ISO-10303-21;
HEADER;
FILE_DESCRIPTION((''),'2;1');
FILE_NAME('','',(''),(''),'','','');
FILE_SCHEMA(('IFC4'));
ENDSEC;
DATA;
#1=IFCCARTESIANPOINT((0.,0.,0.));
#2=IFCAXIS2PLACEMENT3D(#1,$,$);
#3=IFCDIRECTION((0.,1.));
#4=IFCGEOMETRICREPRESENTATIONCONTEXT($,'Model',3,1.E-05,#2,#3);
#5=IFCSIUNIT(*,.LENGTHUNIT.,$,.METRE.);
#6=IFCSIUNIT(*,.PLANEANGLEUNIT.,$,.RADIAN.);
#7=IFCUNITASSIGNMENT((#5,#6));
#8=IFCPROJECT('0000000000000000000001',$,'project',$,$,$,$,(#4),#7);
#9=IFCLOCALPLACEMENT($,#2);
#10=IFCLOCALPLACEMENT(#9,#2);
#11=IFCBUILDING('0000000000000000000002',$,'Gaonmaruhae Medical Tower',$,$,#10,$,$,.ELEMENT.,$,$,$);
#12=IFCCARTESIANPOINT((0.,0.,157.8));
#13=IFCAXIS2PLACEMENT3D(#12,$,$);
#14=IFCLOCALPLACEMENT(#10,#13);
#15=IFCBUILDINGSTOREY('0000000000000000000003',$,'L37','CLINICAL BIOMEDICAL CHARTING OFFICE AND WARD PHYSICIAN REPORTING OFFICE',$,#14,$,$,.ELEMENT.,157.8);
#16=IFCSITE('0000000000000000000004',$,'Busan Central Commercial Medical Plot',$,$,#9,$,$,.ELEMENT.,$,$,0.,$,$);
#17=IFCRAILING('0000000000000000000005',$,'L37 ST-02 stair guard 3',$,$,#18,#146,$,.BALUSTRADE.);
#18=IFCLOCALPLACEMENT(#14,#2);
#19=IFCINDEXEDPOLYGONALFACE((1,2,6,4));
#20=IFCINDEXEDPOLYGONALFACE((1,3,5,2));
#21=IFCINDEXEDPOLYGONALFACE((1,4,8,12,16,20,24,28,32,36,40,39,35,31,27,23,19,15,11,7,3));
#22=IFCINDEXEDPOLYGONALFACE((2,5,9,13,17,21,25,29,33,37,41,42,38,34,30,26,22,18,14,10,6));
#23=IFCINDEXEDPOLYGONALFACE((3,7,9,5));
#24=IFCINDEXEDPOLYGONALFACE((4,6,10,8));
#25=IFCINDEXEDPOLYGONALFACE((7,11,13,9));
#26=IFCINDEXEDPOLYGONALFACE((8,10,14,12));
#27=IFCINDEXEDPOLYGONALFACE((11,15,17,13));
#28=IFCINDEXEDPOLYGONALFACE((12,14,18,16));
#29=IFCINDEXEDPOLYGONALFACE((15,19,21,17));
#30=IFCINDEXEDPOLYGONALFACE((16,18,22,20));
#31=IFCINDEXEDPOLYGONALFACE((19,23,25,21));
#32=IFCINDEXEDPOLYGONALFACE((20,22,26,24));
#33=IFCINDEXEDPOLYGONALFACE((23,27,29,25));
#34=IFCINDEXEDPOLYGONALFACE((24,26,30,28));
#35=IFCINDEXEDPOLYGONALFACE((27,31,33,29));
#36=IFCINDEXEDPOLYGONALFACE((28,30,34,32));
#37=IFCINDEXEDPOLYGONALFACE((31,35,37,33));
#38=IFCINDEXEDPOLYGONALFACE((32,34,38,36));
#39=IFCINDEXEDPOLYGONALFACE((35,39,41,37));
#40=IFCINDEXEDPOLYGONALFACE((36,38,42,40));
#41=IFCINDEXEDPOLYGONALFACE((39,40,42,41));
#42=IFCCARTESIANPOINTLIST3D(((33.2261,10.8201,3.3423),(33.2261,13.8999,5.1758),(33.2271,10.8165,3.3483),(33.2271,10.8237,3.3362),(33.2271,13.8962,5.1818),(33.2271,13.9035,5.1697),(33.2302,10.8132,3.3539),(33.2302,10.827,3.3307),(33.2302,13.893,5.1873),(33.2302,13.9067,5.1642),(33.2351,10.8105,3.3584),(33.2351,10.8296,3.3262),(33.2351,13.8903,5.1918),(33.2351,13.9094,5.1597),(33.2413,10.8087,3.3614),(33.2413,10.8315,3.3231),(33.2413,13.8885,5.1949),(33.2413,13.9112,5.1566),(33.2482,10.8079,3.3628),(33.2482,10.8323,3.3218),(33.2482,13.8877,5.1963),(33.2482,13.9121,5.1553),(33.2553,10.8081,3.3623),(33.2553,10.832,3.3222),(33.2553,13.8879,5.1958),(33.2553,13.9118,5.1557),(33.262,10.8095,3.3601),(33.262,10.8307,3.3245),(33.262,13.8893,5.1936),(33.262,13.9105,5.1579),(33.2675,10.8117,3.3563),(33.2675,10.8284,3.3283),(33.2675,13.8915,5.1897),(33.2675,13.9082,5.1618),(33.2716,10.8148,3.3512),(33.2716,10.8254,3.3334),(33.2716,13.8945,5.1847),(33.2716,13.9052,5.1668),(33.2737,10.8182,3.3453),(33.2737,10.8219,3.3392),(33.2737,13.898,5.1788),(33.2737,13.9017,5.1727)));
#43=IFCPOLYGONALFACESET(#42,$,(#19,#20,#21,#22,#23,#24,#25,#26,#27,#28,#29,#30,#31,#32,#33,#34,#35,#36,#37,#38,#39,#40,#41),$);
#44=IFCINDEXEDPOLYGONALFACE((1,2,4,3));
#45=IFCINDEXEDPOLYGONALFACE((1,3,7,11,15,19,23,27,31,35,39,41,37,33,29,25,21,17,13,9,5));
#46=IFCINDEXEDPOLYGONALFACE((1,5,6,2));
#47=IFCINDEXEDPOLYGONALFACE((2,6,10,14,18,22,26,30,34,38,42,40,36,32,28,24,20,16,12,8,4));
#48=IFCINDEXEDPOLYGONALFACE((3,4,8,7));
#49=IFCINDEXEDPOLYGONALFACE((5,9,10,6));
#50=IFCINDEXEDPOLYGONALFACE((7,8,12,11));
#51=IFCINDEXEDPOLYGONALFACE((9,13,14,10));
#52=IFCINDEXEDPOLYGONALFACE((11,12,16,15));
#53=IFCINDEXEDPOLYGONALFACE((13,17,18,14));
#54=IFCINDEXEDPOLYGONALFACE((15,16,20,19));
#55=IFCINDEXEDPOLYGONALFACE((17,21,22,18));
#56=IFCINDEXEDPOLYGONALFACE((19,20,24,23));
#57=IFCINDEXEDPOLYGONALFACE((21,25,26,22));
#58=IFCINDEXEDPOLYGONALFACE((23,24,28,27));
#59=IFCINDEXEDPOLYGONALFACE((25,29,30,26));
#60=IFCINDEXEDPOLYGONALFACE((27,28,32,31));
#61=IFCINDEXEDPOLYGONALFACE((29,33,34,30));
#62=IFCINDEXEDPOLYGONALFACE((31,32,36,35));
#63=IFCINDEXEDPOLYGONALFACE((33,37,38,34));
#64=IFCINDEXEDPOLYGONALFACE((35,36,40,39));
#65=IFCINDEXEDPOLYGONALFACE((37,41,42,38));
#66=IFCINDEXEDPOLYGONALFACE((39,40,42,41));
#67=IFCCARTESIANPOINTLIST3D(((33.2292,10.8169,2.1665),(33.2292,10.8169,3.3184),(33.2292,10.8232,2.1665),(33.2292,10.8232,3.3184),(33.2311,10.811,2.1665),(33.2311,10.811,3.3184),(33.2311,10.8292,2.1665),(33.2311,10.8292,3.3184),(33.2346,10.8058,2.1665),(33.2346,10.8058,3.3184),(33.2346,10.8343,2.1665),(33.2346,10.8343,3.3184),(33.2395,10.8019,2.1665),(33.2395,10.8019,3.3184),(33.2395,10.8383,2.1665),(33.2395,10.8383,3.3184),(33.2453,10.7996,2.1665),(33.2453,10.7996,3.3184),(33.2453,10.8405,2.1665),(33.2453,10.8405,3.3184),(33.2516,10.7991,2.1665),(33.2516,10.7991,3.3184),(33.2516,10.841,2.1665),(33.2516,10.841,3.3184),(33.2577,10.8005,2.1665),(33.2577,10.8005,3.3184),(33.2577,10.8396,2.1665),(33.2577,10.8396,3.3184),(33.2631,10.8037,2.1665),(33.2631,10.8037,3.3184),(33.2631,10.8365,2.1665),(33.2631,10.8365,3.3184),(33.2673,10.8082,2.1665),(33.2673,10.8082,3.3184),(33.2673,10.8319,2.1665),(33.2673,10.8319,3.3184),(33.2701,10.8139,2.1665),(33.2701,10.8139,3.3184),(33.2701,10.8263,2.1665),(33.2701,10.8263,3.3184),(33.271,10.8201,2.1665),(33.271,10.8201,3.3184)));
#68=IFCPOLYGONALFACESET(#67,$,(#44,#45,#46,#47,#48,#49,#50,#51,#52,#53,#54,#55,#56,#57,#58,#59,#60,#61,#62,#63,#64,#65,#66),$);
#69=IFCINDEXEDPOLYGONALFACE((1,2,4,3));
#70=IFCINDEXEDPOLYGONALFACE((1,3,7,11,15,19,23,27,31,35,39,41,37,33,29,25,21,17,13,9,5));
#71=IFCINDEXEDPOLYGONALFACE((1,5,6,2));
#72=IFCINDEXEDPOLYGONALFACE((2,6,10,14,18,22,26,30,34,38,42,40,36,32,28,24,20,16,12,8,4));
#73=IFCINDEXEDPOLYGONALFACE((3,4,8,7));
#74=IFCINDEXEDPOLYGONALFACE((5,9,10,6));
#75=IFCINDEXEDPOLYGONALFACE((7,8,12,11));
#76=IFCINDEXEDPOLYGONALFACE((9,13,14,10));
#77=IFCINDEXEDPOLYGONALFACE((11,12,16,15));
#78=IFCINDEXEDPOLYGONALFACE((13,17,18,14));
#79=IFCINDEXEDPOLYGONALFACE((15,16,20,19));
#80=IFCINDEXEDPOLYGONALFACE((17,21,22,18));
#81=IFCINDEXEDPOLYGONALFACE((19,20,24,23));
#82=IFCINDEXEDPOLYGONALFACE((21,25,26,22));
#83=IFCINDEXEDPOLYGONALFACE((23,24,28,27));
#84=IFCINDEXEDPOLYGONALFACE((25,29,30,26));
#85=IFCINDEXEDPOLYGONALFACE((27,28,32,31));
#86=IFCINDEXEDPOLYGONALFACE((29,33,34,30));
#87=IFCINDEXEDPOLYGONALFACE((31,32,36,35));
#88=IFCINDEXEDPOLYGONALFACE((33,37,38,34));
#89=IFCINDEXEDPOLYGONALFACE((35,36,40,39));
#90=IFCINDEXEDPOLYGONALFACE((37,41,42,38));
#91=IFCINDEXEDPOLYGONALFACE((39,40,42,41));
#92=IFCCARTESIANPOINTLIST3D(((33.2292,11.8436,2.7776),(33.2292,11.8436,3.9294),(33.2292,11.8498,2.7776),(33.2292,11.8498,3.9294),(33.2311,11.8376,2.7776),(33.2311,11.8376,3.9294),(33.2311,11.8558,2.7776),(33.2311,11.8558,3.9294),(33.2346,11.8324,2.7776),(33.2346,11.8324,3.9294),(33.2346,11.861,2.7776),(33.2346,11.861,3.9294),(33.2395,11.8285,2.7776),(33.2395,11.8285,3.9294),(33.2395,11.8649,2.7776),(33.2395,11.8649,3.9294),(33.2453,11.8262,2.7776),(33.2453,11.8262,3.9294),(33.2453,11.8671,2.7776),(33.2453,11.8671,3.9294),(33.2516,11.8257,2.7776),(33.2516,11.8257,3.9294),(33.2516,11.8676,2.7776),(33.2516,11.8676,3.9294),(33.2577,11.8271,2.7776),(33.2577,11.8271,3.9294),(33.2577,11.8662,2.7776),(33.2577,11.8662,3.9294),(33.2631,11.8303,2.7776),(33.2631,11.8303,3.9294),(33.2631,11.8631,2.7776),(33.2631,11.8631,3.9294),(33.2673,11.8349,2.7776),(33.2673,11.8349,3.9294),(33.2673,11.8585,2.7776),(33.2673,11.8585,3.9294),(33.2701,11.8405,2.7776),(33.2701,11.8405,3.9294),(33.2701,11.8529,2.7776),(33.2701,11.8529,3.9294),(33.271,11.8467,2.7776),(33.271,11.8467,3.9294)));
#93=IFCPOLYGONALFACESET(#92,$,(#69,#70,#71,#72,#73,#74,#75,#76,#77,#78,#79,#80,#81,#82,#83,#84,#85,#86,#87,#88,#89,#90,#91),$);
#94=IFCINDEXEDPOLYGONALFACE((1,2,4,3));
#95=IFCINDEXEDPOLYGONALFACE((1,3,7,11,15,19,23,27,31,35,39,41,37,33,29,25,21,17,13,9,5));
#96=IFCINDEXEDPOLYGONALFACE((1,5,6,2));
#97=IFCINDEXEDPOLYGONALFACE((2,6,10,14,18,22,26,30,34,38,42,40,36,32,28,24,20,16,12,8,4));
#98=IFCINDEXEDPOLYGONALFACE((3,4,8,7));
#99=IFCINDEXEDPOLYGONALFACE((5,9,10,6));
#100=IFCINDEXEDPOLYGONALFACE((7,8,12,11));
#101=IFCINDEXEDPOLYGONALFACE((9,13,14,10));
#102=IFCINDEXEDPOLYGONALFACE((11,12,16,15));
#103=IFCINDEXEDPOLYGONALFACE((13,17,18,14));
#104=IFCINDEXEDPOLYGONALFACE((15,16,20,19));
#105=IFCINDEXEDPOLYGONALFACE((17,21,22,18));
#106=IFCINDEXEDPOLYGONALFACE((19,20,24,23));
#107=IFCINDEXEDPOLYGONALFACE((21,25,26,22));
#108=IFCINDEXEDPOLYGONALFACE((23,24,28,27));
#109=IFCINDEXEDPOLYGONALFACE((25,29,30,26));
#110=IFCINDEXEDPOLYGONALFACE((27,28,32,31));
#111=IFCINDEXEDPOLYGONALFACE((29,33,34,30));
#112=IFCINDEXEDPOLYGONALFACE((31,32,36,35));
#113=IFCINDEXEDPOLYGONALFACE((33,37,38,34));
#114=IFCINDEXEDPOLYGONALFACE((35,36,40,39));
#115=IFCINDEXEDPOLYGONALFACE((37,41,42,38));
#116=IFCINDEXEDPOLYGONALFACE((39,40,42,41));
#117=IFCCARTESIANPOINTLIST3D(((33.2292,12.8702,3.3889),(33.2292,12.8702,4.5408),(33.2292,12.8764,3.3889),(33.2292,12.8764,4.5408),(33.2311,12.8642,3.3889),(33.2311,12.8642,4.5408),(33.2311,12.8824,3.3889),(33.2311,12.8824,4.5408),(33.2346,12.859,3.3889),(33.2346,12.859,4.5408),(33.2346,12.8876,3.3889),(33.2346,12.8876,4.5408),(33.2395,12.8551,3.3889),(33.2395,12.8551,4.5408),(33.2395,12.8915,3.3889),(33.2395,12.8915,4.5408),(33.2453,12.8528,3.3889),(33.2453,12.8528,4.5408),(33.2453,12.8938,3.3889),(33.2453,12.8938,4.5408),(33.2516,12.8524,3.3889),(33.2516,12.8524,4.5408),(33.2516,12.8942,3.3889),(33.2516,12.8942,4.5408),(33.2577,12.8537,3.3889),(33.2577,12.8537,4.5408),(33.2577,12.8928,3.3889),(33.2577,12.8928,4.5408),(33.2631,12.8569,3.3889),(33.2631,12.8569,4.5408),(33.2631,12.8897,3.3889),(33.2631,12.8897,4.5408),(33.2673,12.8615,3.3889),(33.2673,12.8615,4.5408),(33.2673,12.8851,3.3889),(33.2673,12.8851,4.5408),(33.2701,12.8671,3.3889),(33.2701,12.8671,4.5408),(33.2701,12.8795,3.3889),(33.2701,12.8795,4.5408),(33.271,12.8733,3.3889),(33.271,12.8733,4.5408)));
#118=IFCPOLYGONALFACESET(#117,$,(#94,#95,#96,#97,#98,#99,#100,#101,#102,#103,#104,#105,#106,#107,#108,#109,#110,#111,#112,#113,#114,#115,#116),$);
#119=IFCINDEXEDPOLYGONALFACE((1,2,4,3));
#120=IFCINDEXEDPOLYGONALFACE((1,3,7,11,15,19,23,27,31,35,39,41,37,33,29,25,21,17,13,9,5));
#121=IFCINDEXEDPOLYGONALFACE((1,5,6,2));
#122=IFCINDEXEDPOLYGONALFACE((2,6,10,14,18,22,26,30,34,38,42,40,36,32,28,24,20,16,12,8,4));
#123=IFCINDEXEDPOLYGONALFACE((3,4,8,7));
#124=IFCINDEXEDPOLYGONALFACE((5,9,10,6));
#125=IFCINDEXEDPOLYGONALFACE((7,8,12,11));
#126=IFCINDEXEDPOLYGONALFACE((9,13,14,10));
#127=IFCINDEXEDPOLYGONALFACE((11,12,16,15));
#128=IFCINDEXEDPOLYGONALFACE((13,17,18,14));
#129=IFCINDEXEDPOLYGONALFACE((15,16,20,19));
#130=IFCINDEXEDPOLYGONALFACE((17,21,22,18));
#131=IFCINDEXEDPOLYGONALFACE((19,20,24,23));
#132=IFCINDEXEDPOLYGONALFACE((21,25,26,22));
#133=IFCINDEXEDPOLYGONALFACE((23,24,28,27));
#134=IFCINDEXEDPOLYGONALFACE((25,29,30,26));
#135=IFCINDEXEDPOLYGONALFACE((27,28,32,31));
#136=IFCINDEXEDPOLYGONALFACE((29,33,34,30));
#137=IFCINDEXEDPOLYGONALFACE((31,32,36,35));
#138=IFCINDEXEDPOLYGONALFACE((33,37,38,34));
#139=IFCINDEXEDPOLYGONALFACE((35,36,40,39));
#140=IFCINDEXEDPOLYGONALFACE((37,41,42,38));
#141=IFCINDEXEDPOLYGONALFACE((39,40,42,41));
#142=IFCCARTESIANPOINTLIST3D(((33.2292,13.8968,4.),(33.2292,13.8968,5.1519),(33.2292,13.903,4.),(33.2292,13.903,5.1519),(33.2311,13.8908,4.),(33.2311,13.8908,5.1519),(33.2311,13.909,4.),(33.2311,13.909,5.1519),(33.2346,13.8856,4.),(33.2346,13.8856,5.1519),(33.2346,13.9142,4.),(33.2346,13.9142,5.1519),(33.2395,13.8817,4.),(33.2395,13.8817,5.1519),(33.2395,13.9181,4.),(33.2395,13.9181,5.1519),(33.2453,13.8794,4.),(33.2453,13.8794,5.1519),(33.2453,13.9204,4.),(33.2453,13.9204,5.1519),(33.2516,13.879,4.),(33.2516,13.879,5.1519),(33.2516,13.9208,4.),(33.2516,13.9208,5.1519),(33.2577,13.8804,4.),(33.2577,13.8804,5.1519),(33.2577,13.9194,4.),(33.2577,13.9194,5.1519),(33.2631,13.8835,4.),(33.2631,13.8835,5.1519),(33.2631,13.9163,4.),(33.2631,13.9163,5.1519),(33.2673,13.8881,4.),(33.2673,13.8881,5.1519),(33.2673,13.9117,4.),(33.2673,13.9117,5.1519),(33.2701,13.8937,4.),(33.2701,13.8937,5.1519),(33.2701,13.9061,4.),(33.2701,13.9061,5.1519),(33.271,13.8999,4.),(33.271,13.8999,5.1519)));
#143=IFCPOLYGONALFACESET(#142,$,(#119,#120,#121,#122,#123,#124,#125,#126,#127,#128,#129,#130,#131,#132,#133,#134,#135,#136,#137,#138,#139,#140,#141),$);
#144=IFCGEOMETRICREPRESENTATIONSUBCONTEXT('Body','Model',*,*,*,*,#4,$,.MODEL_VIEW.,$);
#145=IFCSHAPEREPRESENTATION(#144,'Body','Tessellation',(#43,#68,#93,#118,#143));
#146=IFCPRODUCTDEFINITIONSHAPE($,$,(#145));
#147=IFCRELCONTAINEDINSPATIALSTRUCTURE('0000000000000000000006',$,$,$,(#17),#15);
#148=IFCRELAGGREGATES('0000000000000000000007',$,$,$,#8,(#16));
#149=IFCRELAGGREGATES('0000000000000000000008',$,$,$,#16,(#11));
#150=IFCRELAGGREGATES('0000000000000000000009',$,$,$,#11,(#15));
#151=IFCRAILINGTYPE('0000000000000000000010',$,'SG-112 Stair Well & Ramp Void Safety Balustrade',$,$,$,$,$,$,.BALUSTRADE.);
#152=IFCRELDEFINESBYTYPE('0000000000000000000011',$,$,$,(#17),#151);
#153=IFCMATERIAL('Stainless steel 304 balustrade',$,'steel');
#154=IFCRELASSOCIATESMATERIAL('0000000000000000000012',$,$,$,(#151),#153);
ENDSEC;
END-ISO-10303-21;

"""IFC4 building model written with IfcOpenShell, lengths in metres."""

from ifc_helpers import new_model, si_unit, direction, frame, origin, origin_2d, place, context, subcontext, project, spatial, circle, extrude, material, type_object, element, save


model = new_model("IFC4")

# Units and contexts
model_context = context("Model", 3, precision=1e-05, world=origin(), true_north=direction((0.0, 1.0)))
body_context = subcontext(model_context, "Body", "Model", "MODEL_VIEW")
ifc_project = project(units=[si_unit("LENGTHUNIT", "METRE"), si_unit("PLANEANGLEUNIT", "RADIAN")], contexts=[model_context])

# Site, building, storey
site_placement = place(None, origin())
site = spatial("IfcSite", under=ifc_project, at=site_placement, Name="Busan Central Commercial Medical Plot", CompositionType="ELEMENT", RefElevation=0.0)
building_placement = place(site_placement, origin())
building = spatial("IfcBuilding", under=site, at=building_placement, Name="Gaonmaruhae Medical Tower", CompositionType="ELEMENT")
storey_placement = place(building_placement, frame((0.0, 0.0, 157.8)))
storey = spatial("IfcBuildingStorey", under=building, at=storey_placement, Name="L37", Description="CLINICAL BIOMEDICAL CHARTING OFFICE AND WARD PHYSICIAN REPORTING OFFICE", CompositionType="ELEMENT", Elevation=157.8)

# Railing
ifc_material_1 = material(Name="Stainless steel 304 balustrade", Category="steel")
railing_type_1 = type_object("IfcRailingType", Name="SG-112 Stair Well & Ramp Void Safety Balustrade", PredefinedType="BALUSTRADE", material=ifc_material_1)
railing_1_placement = place(storey_placement, frame((33.25, 10.8201, 2.1665)))
element("IfcRailing", 1, at=railing_1_placement, inside=storey, type_object=railing_type_1, Name="L37 ST-02 stair guard 3", PredefinedType="BALUSTRADE", context=body_context, shape_type="SweptSolid", body=[
    extrude(circle(Radius=0.0239, at=origin_2d()), frame((0.0, 0.0, 1.1758), z_axis=(0.0, 0.859261, 0.511538), x_axis=(-1.0, 0.0, 0.0)), (0.0, 0.0, 1.0), 3.5842),
    extrude(circle(Radius=0.021, at=origin_2d()), origin(), (0.0, 0.0, 1.0), 1.1519),
    extrude(circle(Radius=0.021, at=origin_2d()), frame((0.0, 1.0266, 0.6111)), (0.0, 0.0, 1.0), 1.1519),
    extrude(circle(Radius=0.021, at=origin_2d()), frame((0.0, 2.0532, 1.2224)), (0.0, 0.0, 1.0), 1.1519),
    extrude(circle(Radius=0.021, at=origin_2d()), frame((0.0, 3.0798, 1.8335)), (0.0, 0.0, 1.0), 1.1519),
])

save(model, "model.ifc")
